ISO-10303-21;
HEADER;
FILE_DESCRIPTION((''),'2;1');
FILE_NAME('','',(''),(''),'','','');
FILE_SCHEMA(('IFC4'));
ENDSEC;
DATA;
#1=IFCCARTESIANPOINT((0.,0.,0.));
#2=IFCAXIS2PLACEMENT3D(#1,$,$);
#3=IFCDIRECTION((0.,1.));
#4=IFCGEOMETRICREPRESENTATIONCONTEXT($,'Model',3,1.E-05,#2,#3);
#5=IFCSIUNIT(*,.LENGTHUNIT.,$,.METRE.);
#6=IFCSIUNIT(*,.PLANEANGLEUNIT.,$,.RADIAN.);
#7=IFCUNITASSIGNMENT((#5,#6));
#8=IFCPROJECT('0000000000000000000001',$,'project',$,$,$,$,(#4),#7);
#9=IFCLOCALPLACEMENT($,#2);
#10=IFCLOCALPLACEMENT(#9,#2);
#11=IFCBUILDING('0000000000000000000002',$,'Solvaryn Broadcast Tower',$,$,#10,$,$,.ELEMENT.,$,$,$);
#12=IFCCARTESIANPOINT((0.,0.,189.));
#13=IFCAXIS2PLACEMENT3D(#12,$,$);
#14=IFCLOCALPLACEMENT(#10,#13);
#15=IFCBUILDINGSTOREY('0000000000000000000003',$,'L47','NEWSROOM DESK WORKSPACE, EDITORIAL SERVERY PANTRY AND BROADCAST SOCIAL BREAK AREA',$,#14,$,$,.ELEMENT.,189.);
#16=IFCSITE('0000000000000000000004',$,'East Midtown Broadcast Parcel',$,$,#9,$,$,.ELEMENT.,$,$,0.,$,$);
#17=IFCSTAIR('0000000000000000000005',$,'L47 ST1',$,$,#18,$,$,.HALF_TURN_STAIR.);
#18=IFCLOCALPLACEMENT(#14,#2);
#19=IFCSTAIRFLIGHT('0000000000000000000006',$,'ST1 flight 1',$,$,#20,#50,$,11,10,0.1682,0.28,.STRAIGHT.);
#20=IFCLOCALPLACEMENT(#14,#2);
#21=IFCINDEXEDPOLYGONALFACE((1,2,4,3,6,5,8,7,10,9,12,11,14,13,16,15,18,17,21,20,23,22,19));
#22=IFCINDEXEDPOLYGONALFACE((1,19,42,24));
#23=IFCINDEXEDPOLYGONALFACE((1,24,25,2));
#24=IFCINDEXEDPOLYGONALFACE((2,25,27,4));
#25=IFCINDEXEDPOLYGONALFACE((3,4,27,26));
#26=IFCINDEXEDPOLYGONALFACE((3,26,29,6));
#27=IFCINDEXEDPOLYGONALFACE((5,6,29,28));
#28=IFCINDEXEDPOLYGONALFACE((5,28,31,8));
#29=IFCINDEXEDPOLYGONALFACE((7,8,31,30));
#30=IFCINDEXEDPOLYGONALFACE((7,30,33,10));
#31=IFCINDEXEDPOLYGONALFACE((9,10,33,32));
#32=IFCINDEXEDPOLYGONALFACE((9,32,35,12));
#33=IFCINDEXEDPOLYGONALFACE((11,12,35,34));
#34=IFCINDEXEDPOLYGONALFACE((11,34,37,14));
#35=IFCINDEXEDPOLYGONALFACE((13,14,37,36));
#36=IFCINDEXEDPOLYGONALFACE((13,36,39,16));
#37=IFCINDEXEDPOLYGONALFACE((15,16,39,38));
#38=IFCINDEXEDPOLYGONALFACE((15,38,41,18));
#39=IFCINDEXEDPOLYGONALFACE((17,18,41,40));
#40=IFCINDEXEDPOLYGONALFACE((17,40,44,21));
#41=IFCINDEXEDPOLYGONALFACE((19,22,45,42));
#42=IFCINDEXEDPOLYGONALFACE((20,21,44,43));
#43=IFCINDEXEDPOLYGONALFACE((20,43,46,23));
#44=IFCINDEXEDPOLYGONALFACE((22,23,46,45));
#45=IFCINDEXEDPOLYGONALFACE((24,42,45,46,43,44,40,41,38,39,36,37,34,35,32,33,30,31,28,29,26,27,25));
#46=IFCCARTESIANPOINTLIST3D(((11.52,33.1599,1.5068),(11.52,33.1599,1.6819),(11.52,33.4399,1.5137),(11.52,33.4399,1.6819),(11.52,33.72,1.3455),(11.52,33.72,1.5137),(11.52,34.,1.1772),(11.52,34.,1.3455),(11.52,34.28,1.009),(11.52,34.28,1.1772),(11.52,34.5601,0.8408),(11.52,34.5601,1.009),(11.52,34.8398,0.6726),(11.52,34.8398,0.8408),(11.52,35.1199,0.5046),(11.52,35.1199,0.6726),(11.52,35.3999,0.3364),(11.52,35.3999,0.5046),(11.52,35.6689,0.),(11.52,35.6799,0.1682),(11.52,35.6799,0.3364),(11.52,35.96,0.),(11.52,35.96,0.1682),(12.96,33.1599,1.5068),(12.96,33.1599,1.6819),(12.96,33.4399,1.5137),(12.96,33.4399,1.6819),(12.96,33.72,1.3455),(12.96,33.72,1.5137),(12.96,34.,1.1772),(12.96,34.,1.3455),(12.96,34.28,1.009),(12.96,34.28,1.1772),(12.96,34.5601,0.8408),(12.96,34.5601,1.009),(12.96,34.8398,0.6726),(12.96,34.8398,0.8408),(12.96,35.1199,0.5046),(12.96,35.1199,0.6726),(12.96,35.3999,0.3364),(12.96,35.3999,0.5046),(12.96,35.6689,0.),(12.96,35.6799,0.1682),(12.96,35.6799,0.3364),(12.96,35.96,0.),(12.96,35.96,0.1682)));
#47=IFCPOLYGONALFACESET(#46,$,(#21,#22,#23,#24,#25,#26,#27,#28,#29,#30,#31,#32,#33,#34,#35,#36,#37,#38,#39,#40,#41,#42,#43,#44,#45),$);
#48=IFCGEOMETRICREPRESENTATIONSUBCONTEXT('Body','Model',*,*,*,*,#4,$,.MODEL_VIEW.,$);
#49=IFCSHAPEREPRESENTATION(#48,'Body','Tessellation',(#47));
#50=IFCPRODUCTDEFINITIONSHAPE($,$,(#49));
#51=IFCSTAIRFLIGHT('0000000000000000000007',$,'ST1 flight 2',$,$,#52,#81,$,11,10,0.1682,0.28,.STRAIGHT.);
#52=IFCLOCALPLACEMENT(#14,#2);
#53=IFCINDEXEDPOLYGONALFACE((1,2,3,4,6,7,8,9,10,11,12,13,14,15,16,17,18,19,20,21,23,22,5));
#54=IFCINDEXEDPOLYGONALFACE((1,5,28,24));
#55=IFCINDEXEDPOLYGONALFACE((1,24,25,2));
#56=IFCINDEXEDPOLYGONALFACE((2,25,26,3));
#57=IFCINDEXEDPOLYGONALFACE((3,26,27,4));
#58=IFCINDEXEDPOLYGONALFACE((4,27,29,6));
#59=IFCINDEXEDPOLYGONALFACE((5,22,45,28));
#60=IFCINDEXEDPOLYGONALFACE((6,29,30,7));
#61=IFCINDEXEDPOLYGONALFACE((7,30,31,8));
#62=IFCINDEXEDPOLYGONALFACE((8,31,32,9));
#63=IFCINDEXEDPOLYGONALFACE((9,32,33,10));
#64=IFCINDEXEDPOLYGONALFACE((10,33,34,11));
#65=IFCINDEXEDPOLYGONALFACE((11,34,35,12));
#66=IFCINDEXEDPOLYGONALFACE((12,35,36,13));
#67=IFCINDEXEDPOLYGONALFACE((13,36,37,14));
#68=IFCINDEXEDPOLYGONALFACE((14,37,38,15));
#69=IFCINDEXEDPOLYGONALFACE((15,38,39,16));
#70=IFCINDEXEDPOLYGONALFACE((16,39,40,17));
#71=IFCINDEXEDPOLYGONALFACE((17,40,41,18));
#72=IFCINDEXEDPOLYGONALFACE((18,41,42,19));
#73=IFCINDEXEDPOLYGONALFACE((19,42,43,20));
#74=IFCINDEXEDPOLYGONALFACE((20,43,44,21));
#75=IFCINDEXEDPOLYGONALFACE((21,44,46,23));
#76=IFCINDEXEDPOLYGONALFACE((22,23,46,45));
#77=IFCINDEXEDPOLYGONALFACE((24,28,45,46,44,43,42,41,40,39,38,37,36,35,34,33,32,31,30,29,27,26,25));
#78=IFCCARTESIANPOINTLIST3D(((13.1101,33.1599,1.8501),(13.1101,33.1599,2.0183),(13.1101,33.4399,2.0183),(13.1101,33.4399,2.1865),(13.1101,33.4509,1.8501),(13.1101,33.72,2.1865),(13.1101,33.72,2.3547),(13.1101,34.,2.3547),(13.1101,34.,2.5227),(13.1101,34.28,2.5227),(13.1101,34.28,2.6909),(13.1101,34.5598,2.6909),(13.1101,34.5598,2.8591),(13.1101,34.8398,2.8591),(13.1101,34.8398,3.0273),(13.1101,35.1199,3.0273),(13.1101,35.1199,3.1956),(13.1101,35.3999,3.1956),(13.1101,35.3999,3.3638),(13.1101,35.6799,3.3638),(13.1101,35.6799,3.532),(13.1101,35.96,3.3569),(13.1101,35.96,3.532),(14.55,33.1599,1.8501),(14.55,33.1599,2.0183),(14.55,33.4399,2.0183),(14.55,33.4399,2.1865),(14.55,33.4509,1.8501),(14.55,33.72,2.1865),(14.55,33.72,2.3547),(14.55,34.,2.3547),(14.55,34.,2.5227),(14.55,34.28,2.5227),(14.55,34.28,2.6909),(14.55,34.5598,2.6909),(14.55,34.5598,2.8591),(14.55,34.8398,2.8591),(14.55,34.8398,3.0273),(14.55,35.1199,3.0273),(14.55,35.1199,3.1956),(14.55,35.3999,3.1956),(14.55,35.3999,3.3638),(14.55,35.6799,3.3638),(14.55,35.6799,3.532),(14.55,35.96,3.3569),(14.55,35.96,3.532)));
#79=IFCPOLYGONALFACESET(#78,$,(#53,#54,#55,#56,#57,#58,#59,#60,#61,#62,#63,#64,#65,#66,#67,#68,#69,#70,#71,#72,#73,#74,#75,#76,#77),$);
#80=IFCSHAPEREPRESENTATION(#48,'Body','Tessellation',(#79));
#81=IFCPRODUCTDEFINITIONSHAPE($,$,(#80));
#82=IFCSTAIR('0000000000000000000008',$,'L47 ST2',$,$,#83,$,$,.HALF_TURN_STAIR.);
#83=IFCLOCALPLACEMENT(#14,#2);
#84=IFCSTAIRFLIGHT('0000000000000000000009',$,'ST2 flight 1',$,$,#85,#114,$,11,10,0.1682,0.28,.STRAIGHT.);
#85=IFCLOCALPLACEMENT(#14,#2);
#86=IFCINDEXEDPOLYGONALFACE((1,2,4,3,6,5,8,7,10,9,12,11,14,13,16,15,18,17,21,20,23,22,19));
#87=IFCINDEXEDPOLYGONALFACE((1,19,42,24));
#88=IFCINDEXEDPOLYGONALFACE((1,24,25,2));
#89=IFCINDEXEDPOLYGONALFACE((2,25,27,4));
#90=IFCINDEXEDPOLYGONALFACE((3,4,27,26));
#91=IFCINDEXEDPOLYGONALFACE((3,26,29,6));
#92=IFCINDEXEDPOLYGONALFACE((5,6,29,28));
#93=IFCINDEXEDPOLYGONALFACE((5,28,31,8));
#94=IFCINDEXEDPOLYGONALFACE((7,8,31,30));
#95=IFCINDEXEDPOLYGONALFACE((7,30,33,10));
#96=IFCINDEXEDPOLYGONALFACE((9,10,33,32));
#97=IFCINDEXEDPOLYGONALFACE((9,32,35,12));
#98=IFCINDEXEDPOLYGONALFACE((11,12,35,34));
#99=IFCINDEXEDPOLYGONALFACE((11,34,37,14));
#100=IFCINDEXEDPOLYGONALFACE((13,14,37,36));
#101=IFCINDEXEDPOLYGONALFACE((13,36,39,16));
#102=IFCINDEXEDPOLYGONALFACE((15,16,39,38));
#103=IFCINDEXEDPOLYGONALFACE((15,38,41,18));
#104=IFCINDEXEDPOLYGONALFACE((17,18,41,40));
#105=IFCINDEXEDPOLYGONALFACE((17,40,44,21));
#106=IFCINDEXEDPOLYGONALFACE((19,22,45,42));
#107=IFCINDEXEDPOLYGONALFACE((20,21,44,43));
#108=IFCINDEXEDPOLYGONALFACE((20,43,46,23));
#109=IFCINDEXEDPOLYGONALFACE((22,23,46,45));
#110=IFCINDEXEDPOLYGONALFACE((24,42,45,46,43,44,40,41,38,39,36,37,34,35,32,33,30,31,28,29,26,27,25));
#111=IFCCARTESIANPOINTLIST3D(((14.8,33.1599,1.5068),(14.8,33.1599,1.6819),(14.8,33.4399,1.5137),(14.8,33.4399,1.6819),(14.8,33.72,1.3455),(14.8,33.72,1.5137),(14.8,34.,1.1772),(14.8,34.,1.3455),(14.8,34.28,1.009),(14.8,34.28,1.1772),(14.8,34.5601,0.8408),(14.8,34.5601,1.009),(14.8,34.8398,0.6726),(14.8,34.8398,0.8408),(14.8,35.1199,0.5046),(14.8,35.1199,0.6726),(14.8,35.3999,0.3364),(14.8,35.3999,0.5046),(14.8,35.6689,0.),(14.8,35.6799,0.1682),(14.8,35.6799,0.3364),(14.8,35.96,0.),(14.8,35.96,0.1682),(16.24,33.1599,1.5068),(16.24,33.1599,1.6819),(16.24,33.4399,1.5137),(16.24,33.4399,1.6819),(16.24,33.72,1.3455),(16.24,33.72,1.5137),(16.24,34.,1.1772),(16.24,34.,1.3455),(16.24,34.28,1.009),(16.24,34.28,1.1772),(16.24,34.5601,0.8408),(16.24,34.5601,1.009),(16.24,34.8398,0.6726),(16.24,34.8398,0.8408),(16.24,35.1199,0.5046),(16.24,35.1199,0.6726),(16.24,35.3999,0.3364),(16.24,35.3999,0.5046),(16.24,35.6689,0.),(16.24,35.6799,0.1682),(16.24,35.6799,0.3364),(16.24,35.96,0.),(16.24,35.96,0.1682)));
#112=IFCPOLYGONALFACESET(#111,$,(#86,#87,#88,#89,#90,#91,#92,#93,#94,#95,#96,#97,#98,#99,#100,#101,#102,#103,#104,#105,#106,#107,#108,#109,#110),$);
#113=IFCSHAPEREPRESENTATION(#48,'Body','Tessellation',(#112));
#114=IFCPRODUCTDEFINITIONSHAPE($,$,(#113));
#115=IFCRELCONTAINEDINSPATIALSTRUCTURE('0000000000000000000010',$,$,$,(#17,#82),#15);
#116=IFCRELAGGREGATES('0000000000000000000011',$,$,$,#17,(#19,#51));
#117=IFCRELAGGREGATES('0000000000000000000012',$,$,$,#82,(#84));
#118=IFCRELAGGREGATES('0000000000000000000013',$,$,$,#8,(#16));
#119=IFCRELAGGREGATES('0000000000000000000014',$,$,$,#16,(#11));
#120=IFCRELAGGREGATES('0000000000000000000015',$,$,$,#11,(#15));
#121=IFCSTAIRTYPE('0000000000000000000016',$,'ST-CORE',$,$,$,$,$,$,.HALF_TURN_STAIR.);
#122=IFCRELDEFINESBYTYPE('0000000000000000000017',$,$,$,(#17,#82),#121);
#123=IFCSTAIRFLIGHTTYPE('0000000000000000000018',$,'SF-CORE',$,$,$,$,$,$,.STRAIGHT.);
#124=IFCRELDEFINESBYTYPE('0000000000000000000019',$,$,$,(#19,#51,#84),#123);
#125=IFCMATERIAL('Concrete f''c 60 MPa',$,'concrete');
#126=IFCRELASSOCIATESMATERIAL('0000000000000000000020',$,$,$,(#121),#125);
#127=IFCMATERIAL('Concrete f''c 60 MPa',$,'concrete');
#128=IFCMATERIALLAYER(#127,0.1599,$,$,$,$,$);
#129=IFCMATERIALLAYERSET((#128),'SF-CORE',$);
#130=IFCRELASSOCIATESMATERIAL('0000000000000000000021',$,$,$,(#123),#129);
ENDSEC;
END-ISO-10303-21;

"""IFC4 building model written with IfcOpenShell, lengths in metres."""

from ifc_helpers import new_model, si_unit, direction, frame, origin, place, context, subcontext, project, spatial, polyline, outline, extrude, material, layer, layer_set, type_object, element, aggregate, save


model = new_model("IFC4")

# Units and contexts
model_context = context("Model", 3, precision=1e-05, world=origin(), true_north=direction((0.0, 1.0)))
body_context = subcontext(model_context, "Body", "Model", "MODEL_VIEW")
ifc_project = project(units=[si_unit("LENGTHUNIT", "METRE"), si_unit("PLANEANGLEUNIT", "RADIAN")], contexts=[model_context])

# Site, building, storey
site_placement = place(None, origin())
site = spatial("IfcSite", under=ifc_project, at=site_placement, Name="East Midtown Broadcast Parcel", CompositionType="ELEMENT", RefElevation=0.0)
building_placement = place(site_placement, origin())
building = spatial("IfcBuilding", under=site, at=building_placement, Name="Solvaryn Broadcast Tower", CompositionType="ELEMENT")
storey_placement = place(building_placement, frame((0.0, 0.0, 189.0)))
storey = spatial("IfcBuildingStorey", under=building, at=storey_placement, Name="L47", Description="NEWSROOM DESK WORKSPACE, EDITORIAL SERVERY PANTRY AND BROADCAST SOCIAL BREAK AREA", CompositionType="ELEMENT", Elevation=189.0)

# Stair, stair flights
ifc_material_1 = material(Name="Concrete f'c 60 MPa", Category="concrete")
stair_type = type_object("IfcStairType", Name="ST-CORE", PredefinedType="HALF_TURN_STAIR", material=ifc_material_1)
stair_1_placement = place(storey_placement, origin())
stair_1 = element("IfcStair", 1, at=stair_1_placement, inside=storey, type_object=stair_type, Name="L47 ST1", PredefinedType="HALF_TURN_STAIR")
ifc_material_2 = material(Name="Concrete f'c 60 MPa", Category="concrete")
ifc_layer_1 = layer(ifc_material_2, 0.1599)
ifc_layer_set_1 = layer_set([ifc_layer_1], Name="SF-CORE")
stair_flight_type = type_object("IfcStairFlightType", Name="SF-CORE", PredefinedType="STRAIGHT", material=ifc_layer_set_1)
stair_flight_1_placement = place(storey_placement, frame((12.24, 35.96, 0.0), z_axis=(0.0, 0.0, 1.0), x_axis=(0.0, -1.0, 0.0)))
stair_flight_1 = element("IfcStairFlight", 2, at=stair_flight_1_placement, type_object=stair_flight_type, Name="ST1 flight 1", NumberOfRisers=11, NumberOfTreads=10, PredefinedType="STRAIGHT", RiserHeight=0.1682, TreadLength=0.28, context=body_context, shape_type="SweptSolid", body=[
    extrude(outline(polyline([(0.0, 0.0), (0.0, 0.1682), (0.28, 0.1682), (0.28, 0.3364), (0.5601, 0.3364), (0.5601, 0.5046), (0.8401, 0.5046), (0.8401, 0.6726), (1.1201, 0.6726), (1.1201, 0.8408), (1.3999, 0.8408), (1.3999, 1.009), (1.6799, 1.009), (1.6799, 1.1772), (1.96, 1.1772), (1.96, 1.3455), (2.24, 1.3455), (2.24, 1.5137), (2.52, 1.5137), (2.52, 1.6819), (2.8, 1.6819), (2.8, 1.8501), (2.8, 1.5068), (0.291, 0.0), (0.0, 0.0)])), frame((0.0, 0.72, 0.0), z_axis=(0.0, -1.0, 0.0), x_axis=(1.0, 0.0, 0.0)), (0.0, 0.0, 1.0), 1.4399),
])
stair_flight_2_placement = place(storey_placement, frame((13.8301, 33.1599, 1.8501), z_axis=(0.0, 0.0, 1.0), x_axis=(0.0, 1.0, 0.0)))
stair_flight_2 = element("IfcStairFlight", 3, at=stair_flight_2_placement, type_object=stair_flight_type, Name="ST1 flight 2", NumberOfRisers=11, NumberOfTreads=10, PredefinedType="STRAIGHT", RiserHeight=0.1682, TreadLength=0.28, context=body_context, shape_type="SweptSolid", body=[
    extrude(outline(polyline([(0.0, 0.0), (0.0, 0.1682), (0.28, 0.1682), (0.28, 0.3364), (0.5601, 0.3364), (0.5601, 0.5046), (0.8401, 0.5046), (0.8401, 0.6726), (1.1201, 0.6726), (1.1201, 0.8408), (1.3999, 0.8408), (1.3999, 1.009), (1.6799, 1.009), (1.6799, 1.1772), (1.96, 1.1772), (1.96, 1.3455), (2.24, 1.3455), (2.24, 1.5137), (2.52, 1.5137), (2.52, 1.6819), (2.8, 1.6819), (2.8, 1.8501), (2.8, 1.5068), (0.291, 0.0), (0.0, 0.0)])), frame((0.0, 0.72, 0.0), z_axis=(0.0, -1.0, 0.0), x_axis=(1.0, 0.0, 0.0)), (0.0, 0.0, 1.0), 1.4399),
])
aggregate(stair_1, [stair_flight_1, stair_flight_2])

# Stair, stair flight
stair_2_placement = place(storey_placement, origin())
stair_2 = element("IfcStair", 4, at=stair_2_placement, inside=storey, type_object=stair_type, Name="L47 ST2", PredefinedType="HALF_TURN_STAIR")
stair_flight_3_placement = place(storey_placement, frame((15.52, 35.96, 0.0), z_axis=(0.0, 0.0, 1.0), x_axis=(0.0, -1.0, 0.0)))
stair_flight_3 = element("IfcStairFlight", 5, at=stair_flight_3_placement, type_object=stair_flight_type, Name="ST2 flight 1", NumberOfRisers=11, NumberOfTreads=10, PredefinedType="STRAIGHT", RiserHeight=0.1682, TreadLength=0.28, context=body_context, shape_type="SweptSolid", body=[
    extrude(outline(polyline([(0.0, 0.0), (0.0, 0.1682), (0.28, 0.1682), (0.28, 0.3364), (0.5601, 0.3364), (0.5601, 0.5046), (0.8401, 0.5046), (0.8401, 0.6726), (1.1201, 0.6726), (1.1201, 0.8408), (1.3999, 0.8408), (1.3999, 1.009), (1.6799, 1.009), (1.6799, 1.1772), (1.96, 1.1772), (1.96, 1.3455), (2.24, 1.3455), (2.24, 1.5137), (2.52, 1.5137), (2.52, 1.6819), (2.8, 1.6819), (2.8, 1.8501), (2.8, 1.5068), (0.291, 0.0), (0.0, 0.0)])), frame((0.0, 0.72, 0.0), z_axis=(0.0, -1.0, 0.0), x_axis=(1.0, 0.0, 0.0)), (0.0, 0.0, 1.0), 1.4399),
])
aggregate(stair_2, [stair_flight_3])

save(model, "model.ifc")
